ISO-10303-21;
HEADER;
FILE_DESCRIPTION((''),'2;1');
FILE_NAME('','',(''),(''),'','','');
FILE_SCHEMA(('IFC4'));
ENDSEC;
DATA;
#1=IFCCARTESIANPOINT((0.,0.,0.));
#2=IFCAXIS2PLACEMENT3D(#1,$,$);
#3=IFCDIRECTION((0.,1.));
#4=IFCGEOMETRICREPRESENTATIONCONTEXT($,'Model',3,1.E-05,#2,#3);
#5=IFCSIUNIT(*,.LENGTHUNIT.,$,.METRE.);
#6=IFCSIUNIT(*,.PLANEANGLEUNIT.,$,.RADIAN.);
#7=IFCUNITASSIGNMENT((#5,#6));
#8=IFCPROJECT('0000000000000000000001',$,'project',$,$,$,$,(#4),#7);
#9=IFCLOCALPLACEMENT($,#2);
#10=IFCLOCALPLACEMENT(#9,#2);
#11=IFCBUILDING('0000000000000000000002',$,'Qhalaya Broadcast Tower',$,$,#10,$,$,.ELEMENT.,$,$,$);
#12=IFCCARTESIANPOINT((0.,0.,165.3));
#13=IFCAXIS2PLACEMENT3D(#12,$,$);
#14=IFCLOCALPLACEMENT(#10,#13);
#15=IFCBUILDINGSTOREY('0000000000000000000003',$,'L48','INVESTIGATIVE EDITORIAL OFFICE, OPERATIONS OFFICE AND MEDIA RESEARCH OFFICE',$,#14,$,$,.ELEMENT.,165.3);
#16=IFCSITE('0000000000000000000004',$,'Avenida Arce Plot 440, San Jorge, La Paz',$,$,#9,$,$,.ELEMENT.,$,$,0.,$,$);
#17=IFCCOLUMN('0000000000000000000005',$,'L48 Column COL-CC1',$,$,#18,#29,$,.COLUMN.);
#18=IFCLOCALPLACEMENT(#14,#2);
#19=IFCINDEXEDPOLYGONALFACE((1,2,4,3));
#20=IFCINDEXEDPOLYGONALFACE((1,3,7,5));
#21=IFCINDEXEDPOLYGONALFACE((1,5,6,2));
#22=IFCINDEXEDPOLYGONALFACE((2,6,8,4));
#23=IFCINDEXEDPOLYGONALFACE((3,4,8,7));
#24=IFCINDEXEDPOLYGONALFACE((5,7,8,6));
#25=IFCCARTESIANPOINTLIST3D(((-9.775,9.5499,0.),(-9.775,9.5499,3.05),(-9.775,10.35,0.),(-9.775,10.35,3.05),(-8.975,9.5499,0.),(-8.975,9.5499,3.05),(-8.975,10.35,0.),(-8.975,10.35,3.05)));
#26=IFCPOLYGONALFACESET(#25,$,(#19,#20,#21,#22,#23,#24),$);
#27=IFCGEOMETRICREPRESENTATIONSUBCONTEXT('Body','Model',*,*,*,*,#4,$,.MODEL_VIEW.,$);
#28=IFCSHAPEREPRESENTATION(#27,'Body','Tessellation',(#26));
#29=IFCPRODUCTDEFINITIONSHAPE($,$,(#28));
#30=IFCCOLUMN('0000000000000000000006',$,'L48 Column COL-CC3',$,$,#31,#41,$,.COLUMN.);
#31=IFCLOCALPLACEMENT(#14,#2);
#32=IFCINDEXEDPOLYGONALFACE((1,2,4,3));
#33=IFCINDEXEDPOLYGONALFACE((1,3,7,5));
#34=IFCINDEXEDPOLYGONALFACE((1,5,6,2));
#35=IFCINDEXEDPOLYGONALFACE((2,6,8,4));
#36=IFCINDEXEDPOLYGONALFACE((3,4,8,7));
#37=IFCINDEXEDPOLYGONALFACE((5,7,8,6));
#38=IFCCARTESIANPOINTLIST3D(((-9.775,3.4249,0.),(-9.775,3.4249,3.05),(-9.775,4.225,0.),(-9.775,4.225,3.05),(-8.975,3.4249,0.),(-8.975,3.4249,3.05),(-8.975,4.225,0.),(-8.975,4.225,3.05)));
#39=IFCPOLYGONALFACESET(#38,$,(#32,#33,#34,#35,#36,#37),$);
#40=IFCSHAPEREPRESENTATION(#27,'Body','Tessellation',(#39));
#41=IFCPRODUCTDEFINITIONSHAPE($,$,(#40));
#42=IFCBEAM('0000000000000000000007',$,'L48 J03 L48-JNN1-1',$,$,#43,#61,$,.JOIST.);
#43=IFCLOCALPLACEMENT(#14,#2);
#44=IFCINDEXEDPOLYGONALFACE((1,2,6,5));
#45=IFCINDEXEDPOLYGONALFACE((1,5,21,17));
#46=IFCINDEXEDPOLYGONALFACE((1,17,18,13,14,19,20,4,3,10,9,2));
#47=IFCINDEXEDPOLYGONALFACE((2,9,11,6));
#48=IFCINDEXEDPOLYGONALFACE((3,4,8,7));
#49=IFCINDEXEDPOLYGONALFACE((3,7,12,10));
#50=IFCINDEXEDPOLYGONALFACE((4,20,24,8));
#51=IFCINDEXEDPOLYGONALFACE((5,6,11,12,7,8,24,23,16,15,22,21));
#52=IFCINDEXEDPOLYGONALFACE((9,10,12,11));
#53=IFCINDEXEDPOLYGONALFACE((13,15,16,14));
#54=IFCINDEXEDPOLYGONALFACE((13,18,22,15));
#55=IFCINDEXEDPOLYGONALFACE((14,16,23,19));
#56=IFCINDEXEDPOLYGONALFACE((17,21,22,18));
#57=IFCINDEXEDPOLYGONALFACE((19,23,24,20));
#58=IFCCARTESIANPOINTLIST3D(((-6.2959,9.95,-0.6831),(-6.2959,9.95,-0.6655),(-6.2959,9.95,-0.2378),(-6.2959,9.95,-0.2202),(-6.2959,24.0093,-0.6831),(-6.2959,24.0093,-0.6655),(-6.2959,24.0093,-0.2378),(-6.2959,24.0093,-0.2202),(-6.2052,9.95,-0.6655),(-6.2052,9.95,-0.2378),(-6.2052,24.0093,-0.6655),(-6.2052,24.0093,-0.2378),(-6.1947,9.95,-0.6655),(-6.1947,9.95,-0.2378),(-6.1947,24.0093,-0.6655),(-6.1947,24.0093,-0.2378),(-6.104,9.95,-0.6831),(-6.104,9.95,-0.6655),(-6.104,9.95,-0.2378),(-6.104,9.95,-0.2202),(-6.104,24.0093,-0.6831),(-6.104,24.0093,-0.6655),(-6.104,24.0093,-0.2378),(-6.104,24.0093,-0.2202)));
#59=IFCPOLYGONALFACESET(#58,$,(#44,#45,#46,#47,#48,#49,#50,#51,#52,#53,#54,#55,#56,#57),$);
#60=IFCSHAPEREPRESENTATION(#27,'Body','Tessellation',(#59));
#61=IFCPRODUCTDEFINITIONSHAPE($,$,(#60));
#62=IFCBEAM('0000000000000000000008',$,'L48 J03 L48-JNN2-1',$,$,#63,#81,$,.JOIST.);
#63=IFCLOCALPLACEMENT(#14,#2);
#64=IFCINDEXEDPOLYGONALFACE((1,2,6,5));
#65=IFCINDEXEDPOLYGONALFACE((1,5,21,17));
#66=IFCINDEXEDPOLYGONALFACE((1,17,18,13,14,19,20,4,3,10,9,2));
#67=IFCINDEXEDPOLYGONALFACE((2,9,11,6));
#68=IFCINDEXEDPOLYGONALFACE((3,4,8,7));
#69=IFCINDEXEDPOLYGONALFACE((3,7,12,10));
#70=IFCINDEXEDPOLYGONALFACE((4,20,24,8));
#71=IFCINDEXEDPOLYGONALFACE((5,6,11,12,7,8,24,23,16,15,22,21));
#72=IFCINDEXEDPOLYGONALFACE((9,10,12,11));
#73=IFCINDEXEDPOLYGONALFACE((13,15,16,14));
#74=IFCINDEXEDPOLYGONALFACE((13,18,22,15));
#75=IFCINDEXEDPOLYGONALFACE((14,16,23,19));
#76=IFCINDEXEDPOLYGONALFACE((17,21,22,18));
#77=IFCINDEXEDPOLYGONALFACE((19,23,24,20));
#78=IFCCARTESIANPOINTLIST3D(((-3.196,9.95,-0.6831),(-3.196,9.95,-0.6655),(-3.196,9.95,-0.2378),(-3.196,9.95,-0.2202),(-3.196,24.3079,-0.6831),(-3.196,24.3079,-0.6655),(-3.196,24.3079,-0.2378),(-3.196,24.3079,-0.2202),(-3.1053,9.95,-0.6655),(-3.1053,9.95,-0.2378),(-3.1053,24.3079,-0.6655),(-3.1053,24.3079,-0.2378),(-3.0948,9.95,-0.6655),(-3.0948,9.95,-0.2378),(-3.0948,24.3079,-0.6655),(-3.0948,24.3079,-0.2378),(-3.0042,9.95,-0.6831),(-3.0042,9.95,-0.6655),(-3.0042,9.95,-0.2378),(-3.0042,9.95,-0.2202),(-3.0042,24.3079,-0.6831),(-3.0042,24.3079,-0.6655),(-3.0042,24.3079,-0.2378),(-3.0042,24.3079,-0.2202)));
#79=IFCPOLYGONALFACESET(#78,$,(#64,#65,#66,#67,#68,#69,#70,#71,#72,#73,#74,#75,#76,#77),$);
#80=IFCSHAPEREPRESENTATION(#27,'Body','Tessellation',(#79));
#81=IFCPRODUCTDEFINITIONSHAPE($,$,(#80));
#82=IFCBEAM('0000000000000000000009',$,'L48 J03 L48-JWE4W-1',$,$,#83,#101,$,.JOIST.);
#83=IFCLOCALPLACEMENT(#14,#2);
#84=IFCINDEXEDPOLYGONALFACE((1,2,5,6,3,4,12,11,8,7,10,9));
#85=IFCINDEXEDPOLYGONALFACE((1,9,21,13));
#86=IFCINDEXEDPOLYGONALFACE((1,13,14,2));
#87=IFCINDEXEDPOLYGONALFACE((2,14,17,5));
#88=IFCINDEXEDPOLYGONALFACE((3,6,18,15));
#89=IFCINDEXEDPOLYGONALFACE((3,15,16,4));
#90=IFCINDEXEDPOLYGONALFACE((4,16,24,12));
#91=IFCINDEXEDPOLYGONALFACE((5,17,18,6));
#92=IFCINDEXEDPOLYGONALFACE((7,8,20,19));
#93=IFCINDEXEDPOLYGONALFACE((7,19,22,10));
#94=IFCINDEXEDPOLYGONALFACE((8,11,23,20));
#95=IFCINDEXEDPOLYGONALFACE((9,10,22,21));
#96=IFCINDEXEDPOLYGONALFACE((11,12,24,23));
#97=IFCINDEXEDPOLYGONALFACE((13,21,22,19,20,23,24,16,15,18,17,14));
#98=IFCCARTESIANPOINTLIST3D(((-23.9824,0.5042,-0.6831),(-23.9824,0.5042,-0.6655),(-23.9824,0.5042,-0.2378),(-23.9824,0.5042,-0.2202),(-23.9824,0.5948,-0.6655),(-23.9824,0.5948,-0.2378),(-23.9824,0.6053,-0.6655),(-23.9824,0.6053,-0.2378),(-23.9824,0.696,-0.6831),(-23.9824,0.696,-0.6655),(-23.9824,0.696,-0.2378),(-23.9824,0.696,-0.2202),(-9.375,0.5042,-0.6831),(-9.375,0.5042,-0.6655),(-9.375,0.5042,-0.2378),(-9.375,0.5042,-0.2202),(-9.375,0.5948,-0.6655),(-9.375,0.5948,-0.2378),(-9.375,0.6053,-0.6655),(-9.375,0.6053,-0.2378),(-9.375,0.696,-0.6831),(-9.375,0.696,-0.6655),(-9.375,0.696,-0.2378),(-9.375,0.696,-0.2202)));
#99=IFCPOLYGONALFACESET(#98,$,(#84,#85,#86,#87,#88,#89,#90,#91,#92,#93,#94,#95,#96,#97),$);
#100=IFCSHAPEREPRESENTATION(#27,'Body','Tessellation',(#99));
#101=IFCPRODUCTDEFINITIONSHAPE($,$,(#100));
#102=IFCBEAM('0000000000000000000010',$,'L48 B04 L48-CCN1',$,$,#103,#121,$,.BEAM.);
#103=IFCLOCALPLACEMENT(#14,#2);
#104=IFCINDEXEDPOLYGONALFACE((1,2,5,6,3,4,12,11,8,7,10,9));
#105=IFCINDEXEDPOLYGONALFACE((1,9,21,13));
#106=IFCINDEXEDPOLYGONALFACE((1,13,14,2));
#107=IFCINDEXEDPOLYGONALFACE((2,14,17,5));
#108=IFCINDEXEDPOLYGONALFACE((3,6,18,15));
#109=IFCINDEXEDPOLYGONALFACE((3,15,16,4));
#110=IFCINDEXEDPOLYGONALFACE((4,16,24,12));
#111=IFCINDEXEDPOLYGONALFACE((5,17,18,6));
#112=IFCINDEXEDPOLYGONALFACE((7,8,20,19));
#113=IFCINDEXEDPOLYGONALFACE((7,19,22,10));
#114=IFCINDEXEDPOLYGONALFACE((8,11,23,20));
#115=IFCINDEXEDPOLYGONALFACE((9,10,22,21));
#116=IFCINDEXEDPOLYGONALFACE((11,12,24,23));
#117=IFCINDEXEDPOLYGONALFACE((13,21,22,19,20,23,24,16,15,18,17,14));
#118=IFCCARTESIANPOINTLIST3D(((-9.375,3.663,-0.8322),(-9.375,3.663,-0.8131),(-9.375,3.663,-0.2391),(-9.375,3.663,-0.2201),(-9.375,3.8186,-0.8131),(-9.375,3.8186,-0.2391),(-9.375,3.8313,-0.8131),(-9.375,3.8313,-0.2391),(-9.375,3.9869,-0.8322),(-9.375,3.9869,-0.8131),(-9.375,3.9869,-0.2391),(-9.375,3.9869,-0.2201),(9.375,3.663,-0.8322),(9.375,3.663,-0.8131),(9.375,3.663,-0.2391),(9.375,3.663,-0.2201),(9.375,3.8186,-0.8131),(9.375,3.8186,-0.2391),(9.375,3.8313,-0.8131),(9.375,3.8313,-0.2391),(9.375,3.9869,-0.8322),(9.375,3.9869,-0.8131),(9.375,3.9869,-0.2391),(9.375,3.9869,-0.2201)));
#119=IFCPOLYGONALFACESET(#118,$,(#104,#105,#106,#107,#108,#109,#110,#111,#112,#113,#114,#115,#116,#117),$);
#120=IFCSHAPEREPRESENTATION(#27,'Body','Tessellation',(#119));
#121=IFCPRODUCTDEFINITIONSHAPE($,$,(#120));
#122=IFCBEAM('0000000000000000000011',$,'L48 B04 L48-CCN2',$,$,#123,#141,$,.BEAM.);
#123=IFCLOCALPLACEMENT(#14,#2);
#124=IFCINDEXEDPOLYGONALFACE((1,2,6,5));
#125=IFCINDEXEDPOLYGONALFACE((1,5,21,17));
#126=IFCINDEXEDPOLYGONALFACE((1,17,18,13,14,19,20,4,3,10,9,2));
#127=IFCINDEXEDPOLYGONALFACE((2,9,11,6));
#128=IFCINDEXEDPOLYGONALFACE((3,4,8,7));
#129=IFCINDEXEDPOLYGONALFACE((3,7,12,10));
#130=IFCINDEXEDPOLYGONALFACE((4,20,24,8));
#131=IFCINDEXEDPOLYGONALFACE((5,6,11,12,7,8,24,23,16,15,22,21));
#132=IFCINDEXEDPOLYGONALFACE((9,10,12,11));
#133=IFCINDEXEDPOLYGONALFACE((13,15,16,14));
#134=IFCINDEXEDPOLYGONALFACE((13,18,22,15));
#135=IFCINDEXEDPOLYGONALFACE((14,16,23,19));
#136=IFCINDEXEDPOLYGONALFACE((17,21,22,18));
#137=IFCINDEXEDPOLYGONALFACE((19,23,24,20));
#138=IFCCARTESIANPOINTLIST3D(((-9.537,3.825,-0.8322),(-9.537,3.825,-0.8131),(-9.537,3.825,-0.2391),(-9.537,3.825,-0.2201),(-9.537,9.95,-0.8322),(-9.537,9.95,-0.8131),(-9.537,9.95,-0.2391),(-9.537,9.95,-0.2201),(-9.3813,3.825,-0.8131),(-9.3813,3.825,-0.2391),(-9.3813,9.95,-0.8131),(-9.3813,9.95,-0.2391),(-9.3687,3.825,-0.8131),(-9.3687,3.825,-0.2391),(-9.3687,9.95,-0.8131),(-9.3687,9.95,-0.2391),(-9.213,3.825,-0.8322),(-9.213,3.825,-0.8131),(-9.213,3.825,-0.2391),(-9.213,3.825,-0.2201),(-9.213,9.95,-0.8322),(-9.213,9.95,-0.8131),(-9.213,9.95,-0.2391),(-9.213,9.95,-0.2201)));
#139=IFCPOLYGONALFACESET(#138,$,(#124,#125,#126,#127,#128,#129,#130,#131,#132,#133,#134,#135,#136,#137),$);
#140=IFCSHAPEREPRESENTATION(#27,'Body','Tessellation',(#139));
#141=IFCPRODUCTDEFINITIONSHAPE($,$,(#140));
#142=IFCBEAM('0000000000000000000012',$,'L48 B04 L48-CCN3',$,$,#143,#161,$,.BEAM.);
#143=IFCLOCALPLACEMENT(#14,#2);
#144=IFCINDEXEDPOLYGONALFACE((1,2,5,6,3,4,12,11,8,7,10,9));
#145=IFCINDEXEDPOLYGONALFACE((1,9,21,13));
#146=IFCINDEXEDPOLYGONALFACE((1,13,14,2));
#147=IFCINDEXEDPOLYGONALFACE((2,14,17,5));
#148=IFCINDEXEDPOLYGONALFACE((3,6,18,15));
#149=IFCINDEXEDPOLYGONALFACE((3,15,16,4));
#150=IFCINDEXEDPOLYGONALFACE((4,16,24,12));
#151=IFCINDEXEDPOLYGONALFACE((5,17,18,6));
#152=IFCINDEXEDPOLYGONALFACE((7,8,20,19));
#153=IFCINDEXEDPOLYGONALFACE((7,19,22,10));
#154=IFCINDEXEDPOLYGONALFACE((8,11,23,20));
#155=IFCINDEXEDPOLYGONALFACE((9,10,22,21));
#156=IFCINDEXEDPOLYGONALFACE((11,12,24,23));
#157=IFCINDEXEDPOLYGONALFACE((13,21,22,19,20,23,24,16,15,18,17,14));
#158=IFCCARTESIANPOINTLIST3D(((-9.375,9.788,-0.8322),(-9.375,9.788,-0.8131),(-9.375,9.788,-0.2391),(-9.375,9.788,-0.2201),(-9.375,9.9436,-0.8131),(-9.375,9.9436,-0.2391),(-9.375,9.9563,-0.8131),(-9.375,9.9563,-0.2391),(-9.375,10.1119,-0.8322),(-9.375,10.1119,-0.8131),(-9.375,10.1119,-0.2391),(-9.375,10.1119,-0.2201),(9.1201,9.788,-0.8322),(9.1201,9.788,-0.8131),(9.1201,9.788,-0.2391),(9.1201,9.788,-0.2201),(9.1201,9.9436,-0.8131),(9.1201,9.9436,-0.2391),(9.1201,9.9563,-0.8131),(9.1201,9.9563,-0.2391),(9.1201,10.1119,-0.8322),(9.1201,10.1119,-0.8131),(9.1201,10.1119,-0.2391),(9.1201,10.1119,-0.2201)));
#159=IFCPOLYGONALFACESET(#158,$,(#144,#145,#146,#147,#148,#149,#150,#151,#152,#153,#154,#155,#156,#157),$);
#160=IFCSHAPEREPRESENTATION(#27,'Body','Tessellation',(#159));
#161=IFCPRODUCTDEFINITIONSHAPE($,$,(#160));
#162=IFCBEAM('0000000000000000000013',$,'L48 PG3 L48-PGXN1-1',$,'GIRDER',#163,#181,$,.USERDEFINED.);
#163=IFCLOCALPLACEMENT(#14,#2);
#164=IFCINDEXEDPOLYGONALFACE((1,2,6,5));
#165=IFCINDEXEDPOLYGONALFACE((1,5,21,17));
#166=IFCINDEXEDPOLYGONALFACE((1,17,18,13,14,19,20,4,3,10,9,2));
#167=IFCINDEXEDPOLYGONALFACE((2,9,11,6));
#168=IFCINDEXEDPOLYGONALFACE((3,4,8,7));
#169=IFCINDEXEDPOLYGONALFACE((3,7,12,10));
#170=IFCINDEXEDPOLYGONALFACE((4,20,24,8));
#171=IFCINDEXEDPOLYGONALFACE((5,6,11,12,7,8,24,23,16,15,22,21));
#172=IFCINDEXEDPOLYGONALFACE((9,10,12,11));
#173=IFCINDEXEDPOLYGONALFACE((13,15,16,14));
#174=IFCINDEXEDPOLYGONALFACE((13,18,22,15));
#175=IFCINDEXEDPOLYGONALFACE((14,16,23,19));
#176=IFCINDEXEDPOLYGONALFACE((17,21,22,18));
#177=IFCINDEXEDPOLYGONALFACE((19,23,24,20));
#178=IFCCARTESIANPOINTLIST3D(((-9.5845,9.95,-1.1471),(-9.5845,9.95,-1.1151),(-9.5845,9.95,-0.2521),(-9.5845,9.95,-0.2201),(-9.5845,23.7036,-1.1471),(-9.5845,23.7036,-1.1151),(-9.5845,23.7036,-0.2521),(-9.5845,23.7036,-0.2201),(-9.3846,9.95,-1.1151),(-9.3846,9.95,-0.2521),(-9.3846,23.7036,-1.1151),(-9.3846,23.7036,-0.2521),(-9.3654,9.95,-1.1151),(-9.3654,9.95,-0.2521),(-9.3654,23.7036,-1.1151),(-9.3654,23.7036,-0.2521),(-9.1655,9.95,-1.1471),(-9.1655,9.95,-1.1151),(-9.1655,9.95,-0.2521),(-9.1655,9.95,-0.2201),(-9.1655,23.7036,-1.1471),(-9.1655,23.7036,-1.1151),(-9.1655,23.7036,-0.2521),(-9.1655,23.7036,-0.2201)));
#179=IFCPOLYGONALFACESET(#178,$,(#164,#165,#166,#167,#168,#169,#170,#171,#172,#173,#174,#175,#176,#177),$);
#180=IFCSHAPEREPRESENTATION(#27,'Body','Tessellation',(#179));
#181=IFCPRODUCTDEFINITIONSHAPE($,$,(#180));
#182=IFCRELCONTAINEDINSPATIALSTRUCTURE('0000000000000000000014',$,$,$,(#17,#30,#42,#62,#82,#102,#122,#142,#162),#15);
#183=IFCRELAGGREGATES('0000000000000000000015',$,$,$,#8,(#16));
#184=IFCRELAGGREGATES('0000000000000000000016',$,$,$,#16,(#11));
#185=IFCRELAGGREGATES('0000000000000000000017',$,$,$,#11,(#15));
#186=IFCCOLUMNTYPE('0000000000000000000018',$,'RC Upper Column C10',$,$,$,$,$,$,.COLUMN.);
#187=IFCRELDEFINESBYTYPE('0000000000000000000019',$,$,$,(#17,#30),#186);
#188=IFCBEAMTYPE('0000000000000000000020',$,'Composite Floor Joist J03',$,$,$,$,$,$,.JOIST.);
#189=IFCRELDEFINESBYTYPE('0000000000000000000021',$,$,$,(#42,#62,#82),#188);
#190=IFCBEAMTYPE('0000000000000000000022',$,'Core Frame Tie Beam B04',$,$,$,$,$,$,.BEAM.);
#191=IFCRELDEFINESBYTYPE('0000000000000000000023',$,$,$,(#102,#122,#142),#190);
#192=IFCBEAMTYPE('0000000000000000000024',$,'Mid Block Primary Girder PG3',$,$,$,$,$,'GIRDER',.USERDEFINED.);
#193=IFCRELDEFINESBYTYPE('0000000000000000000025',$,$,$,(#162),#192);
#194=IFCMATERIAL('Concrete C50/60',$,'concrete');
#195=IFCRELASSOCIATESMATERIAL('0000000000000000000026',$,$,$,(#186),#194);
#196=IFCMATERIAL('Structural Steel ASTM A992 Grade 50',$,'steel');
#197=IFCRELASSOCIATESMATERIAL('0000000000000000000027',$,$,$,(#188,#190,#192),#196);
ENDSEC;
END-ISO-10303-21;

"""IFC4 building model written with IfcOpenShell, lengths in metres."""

from ifc_helpers import new_model, si_unit, direction, frame, origin, origin_2d, place, context, subcontext, project, spatial, rectangle, i_section, extrude, material, material_profile, profile_set, type_object, element, save


model = new_model("IFC4")

# Units and contexts
model_context = context("Model", 3, precision=1e-05, world=origin(), true_north=direction((0.0, 1.0)))
body_context = subcontext(model_context, "Body", "Model", "MODEL_VIEW")
ifc_project = project(units=[si_unit("LENGTHUNIT", "METRE"), si_unit("PLANEANGLEUNIT", "RADIAN")], contexts=[model_context])

# Site, building, storey
site_placement = place(None, origin())
site = spatial("IfcSite", under=ifc_project, at=site_placement, Name="Avenida Arce Plot 440, San Jorge, La Paz", CompositionType="ELEMENT", RefElevation=0.0)
building_placement = place(site_placement, origin())
building = spatial("IfcBuilding", under=site, at=building_placement, Name="Qhalaya Broadcast Tower", CompositionType="ELEMENT")
storey_placement = place(building_placement, frame((0.0, 0.0, 165.3)))
storey = spatial("IfcBuildingStorey", under=building, at=storey_placement, Name="L48", Description="INVESTIGATIVE EDITORIAL OFFICE, OPERATIONS OFFICE AND MEDIA RESEARCH OFFICE", CompositionType="ELEMENT", Elevation=165.3)

# Columns
ifc_material_1 = material(Name="Concrete C50/60", Category="concrete")
ifc_material_profile_1 = material_profile(ifc_material_1, rectangle(XDim=0.8, YDim=0.8, at=origin_2d()), Name="RC-COL 800x800")
ifc_profile_set_1 = profile_set([ifc_material_profile_1], Name="Concrete C50/60")
column_type = type_object("IfcColumnType", Name="RC Upper Column C10", PredefinedType="COLUMN", material=ifc_profile_set_1)
for number, where, z_axis, x_axis, name in (
    (1, (-9.375, 9.95, 0.0), (0.0, 0.0, 1.0), (1.0, 0.0, 0.0), "L48 Column COL-CC1"),
    (2, (-9.375, 3.825, 0.0), (0.0, 0.0, 1.0), (1.0, 0.0, 0.0), "L48 Column COL-CC3"),
):
    element("IfcColumn", number, at=place(storey_placement, frame(where, z_axis=z_axis, x_axis=x_axis)), inside=storey, type_object=column_type, Name=name, PredefinedType="COLUMN", context=body_context, shape_type="SweptSolid", body=[
        extrude(rectangle(XDim=0.8, YDim=0.8, at=origin_2d()), origin(), (0.0, 0.0, 1.0), 3.05),
    ])

# Beams
ifc_material_2 = material(Name="Structural Steel ASTM A992 Grade 50", Category="steel")
ifc_material_profile_2 = material_profile(ifc_material_2, i_section(OverallWidth=0.1919, OverallDepth=0.4629, WebThickness=0.0105, FlangeThickness=0.0176, at=origin_2d()), Name="W18X60")
ifc_profile_set_2 = profile_set([ifc_material_profile_2], Name="Structural Steel ASTM A992 Grade 50")
beam_type_1 = type_object("IfcBeamType", Name="Composite Floor Joist J03", PredefinedType="JOIST", material=ifc_profile_set_2)
beam_1_placement = place(storey_placement, frame((-6.2, 9.95, -0.4517), z_axis=(0.0, 1.0, 0.0), x_axis=(-1.0, 0.0, 0.0)))
element("IfcBeam", 3, at=beam_1_placement, inside=storey, type_object=beam_type_1, Name="L48 J03 L48-JNN1-1", PredefinedType="JOIST", context=body_context, shape_type="SweptSolid", body=[
    extrude(i_section(OverallWidth=0.1919, OverallDepth=0.4629, WebThickness=0.0105, FlangeThickness=0.0176, at=origin_2d()), origin(), (0.0, 0.0, 1.0), 14.0593),
])
beam_2_placement = place(storey_placement, frame((-3.1001, 9.95, -0.4517), z_axis=(0.0, 1.0, 0.0), x_axis=(-1.0, 0.0, 0.0)))
element("IfcBeam", 4, at=beam_2_placement, inside=storey, type_object=beam_type_1, Name="L48 J03 L48-JNN2-1", PredefinedType="JOIST", context=body_context, shape_type="SweptSolid", body=[
    extrude(i_section(OverallWidth=0.1919, OverallDepth=0.4629, WebThickness=0.0105, FlangeThickness=0.0176, at=origin_2d()), origin(), (0.0, 0.0, 1.0), 14.3579),
])
beam_3_placement = place(storey_placement, frame((-23.9824, 0.6001, -0.4517), z_axis=(1.0, 0.0, 0.0), x_axis=(0.0, 1.0, 0.0)))
element("IfcBeam", 5, at=beam_3_placement, inside=storey, type_object=beam_type_1, Name="L48 J03 L48-JWE4W-1", PredefinedType="JOIST", context=body_context, shape_type="SweptSolid", body=[
    extrude(i_section(OverallWidth=0.1919, OverallDepth=0.4629, WebThickness=0.0105, FlangeThickness=0.0176, at=origin_2d()), origin(), (0.0, 0.0, 1.0), 14.6074),
])
ifc_material_profile_3 = material_profile(ifc_material_2, i_section(OverallWidth=0.324, OverallDepth=0.6121, WebThickness=0.0127, FlangeThickness=0.019, at=origin_2d()), Name="W24X104")
ifc_profile_set_3 = profile_set([ifc_material_profile_3], Name="Structural Steel ASTM A992 Grade 50")
beam_type_2 = type_object("IfcBeamType", Name="Core Frame Tie Beam B04", PredefinedType="BEAM", material=ifc_profile_set_3)
beam_4_placement = place(storey_placement, frame((-9.375, 3.825, -0.5261), z_axis=(1.0, 0.0, 0.0), x_axis=(0.0, 1.0, 0.0)))
element("IfcBeam", 6, at=beam_4_placement, inside=storey, type_object=beam_type_2, Name="L48 B04 L48-CCN1", PredefinedType="BEAM", context=body_context, shape_type="SweptSolid", body=[
    extrude(i_section(OverallWidth=0.324, OverallDepth=0.6121, WebThickness=0.0127, FlangeThickness=0.019, at=origin_2d()), origin(), (0.0, 0.0, 1.0), 18.75),
])
beam_5_placement = place(storey_placement, frame((-9.375, 3.825, -0.5261), z_axis=(0.0, 1.0, 0.0), x_axis=(-1.0, 0.0, 0.0)))
element("IfcBeam", 7, at=beam_5_placement, inside=storey, type_object=beam_type_2, Name="L48 B04 L48-CCN2", PredefinedType="BEAM", context=body_context, shape_type="SweptSolid", body=[
    extrude(i_section(OverallWidth=0.324, OverallDepth=0.6121, WebThickness=0.0127, FlangeThickness=0.019, at=origin_2d()), origin(), (0.0, 0.0, 1.0), 6.125),
])
beam_6_placement = place(storey_placement, frame((-9.375, 9.95, -0.5261), z_axis=(1.0, 0.0, 0.0), x_axis=(0.0, 1.0, 0.0)))
element("IfcBeam", 8, at=beam_6_placement, inside=storey, type_object=beam_type_2, Name="L48 B04 L48-CCN3", PredefinedType="BEAM", context=body_context, shape_type="SweptSolid", body=[
    extrude(i_section(OverallWidth=0.324, OverallDepth=0.6121, WebThickness=0.0127, FlangeThickness=0.019, at=origin_2d()), origin(), (0.0, 0.0, 1.0), 18.4951),
])
ifc_material_profile_4 = material_profile(ifc_material_2, i_section(OverallWidth=0.4189, OverallDepth=0.927, WebThickness=0.0193, FlangeThickness=0.032, at=origin_2d()), Name="W36X231")
ifc_profile_set_4 = profile_set([ifc_material_profile_4], Name="Structural Steel ASTM A992 Grade 50")
beam_type_3 = type_object("IfcBeamType", Name="Mid Block Primary Girder PG3", ElementType="GIRDER", PredefinedType="USERDEFINED", material=ifc_profile_set_4)
beam_7_placement = place(storey_placement, frame((-9.375, 9.95, -0.6836), z_axis=(0.0, 1.0, 0.0), x_axis=(-1.0, 0.0, 0.0)))
element("IfcBeam", 9, at=beam_7_placement, inside=storey, type_object=beam_type_3, Name="L48 PG3 L48-PGXN1-1", ObjectType="GIRDER", PredefinedType="USERDEFINED", context=body_context, shape_type="SweptSolid", body=[
    extrude(i_section(OverallWidth=0.4189, OverallDepth=0.927, WebThickness=0.0193, FlangeThickness=0.032, at=origin_2d()), origin(), (0.0, 0.0, 1.0), 13.7537),
])

save(model, "model.ifc")
